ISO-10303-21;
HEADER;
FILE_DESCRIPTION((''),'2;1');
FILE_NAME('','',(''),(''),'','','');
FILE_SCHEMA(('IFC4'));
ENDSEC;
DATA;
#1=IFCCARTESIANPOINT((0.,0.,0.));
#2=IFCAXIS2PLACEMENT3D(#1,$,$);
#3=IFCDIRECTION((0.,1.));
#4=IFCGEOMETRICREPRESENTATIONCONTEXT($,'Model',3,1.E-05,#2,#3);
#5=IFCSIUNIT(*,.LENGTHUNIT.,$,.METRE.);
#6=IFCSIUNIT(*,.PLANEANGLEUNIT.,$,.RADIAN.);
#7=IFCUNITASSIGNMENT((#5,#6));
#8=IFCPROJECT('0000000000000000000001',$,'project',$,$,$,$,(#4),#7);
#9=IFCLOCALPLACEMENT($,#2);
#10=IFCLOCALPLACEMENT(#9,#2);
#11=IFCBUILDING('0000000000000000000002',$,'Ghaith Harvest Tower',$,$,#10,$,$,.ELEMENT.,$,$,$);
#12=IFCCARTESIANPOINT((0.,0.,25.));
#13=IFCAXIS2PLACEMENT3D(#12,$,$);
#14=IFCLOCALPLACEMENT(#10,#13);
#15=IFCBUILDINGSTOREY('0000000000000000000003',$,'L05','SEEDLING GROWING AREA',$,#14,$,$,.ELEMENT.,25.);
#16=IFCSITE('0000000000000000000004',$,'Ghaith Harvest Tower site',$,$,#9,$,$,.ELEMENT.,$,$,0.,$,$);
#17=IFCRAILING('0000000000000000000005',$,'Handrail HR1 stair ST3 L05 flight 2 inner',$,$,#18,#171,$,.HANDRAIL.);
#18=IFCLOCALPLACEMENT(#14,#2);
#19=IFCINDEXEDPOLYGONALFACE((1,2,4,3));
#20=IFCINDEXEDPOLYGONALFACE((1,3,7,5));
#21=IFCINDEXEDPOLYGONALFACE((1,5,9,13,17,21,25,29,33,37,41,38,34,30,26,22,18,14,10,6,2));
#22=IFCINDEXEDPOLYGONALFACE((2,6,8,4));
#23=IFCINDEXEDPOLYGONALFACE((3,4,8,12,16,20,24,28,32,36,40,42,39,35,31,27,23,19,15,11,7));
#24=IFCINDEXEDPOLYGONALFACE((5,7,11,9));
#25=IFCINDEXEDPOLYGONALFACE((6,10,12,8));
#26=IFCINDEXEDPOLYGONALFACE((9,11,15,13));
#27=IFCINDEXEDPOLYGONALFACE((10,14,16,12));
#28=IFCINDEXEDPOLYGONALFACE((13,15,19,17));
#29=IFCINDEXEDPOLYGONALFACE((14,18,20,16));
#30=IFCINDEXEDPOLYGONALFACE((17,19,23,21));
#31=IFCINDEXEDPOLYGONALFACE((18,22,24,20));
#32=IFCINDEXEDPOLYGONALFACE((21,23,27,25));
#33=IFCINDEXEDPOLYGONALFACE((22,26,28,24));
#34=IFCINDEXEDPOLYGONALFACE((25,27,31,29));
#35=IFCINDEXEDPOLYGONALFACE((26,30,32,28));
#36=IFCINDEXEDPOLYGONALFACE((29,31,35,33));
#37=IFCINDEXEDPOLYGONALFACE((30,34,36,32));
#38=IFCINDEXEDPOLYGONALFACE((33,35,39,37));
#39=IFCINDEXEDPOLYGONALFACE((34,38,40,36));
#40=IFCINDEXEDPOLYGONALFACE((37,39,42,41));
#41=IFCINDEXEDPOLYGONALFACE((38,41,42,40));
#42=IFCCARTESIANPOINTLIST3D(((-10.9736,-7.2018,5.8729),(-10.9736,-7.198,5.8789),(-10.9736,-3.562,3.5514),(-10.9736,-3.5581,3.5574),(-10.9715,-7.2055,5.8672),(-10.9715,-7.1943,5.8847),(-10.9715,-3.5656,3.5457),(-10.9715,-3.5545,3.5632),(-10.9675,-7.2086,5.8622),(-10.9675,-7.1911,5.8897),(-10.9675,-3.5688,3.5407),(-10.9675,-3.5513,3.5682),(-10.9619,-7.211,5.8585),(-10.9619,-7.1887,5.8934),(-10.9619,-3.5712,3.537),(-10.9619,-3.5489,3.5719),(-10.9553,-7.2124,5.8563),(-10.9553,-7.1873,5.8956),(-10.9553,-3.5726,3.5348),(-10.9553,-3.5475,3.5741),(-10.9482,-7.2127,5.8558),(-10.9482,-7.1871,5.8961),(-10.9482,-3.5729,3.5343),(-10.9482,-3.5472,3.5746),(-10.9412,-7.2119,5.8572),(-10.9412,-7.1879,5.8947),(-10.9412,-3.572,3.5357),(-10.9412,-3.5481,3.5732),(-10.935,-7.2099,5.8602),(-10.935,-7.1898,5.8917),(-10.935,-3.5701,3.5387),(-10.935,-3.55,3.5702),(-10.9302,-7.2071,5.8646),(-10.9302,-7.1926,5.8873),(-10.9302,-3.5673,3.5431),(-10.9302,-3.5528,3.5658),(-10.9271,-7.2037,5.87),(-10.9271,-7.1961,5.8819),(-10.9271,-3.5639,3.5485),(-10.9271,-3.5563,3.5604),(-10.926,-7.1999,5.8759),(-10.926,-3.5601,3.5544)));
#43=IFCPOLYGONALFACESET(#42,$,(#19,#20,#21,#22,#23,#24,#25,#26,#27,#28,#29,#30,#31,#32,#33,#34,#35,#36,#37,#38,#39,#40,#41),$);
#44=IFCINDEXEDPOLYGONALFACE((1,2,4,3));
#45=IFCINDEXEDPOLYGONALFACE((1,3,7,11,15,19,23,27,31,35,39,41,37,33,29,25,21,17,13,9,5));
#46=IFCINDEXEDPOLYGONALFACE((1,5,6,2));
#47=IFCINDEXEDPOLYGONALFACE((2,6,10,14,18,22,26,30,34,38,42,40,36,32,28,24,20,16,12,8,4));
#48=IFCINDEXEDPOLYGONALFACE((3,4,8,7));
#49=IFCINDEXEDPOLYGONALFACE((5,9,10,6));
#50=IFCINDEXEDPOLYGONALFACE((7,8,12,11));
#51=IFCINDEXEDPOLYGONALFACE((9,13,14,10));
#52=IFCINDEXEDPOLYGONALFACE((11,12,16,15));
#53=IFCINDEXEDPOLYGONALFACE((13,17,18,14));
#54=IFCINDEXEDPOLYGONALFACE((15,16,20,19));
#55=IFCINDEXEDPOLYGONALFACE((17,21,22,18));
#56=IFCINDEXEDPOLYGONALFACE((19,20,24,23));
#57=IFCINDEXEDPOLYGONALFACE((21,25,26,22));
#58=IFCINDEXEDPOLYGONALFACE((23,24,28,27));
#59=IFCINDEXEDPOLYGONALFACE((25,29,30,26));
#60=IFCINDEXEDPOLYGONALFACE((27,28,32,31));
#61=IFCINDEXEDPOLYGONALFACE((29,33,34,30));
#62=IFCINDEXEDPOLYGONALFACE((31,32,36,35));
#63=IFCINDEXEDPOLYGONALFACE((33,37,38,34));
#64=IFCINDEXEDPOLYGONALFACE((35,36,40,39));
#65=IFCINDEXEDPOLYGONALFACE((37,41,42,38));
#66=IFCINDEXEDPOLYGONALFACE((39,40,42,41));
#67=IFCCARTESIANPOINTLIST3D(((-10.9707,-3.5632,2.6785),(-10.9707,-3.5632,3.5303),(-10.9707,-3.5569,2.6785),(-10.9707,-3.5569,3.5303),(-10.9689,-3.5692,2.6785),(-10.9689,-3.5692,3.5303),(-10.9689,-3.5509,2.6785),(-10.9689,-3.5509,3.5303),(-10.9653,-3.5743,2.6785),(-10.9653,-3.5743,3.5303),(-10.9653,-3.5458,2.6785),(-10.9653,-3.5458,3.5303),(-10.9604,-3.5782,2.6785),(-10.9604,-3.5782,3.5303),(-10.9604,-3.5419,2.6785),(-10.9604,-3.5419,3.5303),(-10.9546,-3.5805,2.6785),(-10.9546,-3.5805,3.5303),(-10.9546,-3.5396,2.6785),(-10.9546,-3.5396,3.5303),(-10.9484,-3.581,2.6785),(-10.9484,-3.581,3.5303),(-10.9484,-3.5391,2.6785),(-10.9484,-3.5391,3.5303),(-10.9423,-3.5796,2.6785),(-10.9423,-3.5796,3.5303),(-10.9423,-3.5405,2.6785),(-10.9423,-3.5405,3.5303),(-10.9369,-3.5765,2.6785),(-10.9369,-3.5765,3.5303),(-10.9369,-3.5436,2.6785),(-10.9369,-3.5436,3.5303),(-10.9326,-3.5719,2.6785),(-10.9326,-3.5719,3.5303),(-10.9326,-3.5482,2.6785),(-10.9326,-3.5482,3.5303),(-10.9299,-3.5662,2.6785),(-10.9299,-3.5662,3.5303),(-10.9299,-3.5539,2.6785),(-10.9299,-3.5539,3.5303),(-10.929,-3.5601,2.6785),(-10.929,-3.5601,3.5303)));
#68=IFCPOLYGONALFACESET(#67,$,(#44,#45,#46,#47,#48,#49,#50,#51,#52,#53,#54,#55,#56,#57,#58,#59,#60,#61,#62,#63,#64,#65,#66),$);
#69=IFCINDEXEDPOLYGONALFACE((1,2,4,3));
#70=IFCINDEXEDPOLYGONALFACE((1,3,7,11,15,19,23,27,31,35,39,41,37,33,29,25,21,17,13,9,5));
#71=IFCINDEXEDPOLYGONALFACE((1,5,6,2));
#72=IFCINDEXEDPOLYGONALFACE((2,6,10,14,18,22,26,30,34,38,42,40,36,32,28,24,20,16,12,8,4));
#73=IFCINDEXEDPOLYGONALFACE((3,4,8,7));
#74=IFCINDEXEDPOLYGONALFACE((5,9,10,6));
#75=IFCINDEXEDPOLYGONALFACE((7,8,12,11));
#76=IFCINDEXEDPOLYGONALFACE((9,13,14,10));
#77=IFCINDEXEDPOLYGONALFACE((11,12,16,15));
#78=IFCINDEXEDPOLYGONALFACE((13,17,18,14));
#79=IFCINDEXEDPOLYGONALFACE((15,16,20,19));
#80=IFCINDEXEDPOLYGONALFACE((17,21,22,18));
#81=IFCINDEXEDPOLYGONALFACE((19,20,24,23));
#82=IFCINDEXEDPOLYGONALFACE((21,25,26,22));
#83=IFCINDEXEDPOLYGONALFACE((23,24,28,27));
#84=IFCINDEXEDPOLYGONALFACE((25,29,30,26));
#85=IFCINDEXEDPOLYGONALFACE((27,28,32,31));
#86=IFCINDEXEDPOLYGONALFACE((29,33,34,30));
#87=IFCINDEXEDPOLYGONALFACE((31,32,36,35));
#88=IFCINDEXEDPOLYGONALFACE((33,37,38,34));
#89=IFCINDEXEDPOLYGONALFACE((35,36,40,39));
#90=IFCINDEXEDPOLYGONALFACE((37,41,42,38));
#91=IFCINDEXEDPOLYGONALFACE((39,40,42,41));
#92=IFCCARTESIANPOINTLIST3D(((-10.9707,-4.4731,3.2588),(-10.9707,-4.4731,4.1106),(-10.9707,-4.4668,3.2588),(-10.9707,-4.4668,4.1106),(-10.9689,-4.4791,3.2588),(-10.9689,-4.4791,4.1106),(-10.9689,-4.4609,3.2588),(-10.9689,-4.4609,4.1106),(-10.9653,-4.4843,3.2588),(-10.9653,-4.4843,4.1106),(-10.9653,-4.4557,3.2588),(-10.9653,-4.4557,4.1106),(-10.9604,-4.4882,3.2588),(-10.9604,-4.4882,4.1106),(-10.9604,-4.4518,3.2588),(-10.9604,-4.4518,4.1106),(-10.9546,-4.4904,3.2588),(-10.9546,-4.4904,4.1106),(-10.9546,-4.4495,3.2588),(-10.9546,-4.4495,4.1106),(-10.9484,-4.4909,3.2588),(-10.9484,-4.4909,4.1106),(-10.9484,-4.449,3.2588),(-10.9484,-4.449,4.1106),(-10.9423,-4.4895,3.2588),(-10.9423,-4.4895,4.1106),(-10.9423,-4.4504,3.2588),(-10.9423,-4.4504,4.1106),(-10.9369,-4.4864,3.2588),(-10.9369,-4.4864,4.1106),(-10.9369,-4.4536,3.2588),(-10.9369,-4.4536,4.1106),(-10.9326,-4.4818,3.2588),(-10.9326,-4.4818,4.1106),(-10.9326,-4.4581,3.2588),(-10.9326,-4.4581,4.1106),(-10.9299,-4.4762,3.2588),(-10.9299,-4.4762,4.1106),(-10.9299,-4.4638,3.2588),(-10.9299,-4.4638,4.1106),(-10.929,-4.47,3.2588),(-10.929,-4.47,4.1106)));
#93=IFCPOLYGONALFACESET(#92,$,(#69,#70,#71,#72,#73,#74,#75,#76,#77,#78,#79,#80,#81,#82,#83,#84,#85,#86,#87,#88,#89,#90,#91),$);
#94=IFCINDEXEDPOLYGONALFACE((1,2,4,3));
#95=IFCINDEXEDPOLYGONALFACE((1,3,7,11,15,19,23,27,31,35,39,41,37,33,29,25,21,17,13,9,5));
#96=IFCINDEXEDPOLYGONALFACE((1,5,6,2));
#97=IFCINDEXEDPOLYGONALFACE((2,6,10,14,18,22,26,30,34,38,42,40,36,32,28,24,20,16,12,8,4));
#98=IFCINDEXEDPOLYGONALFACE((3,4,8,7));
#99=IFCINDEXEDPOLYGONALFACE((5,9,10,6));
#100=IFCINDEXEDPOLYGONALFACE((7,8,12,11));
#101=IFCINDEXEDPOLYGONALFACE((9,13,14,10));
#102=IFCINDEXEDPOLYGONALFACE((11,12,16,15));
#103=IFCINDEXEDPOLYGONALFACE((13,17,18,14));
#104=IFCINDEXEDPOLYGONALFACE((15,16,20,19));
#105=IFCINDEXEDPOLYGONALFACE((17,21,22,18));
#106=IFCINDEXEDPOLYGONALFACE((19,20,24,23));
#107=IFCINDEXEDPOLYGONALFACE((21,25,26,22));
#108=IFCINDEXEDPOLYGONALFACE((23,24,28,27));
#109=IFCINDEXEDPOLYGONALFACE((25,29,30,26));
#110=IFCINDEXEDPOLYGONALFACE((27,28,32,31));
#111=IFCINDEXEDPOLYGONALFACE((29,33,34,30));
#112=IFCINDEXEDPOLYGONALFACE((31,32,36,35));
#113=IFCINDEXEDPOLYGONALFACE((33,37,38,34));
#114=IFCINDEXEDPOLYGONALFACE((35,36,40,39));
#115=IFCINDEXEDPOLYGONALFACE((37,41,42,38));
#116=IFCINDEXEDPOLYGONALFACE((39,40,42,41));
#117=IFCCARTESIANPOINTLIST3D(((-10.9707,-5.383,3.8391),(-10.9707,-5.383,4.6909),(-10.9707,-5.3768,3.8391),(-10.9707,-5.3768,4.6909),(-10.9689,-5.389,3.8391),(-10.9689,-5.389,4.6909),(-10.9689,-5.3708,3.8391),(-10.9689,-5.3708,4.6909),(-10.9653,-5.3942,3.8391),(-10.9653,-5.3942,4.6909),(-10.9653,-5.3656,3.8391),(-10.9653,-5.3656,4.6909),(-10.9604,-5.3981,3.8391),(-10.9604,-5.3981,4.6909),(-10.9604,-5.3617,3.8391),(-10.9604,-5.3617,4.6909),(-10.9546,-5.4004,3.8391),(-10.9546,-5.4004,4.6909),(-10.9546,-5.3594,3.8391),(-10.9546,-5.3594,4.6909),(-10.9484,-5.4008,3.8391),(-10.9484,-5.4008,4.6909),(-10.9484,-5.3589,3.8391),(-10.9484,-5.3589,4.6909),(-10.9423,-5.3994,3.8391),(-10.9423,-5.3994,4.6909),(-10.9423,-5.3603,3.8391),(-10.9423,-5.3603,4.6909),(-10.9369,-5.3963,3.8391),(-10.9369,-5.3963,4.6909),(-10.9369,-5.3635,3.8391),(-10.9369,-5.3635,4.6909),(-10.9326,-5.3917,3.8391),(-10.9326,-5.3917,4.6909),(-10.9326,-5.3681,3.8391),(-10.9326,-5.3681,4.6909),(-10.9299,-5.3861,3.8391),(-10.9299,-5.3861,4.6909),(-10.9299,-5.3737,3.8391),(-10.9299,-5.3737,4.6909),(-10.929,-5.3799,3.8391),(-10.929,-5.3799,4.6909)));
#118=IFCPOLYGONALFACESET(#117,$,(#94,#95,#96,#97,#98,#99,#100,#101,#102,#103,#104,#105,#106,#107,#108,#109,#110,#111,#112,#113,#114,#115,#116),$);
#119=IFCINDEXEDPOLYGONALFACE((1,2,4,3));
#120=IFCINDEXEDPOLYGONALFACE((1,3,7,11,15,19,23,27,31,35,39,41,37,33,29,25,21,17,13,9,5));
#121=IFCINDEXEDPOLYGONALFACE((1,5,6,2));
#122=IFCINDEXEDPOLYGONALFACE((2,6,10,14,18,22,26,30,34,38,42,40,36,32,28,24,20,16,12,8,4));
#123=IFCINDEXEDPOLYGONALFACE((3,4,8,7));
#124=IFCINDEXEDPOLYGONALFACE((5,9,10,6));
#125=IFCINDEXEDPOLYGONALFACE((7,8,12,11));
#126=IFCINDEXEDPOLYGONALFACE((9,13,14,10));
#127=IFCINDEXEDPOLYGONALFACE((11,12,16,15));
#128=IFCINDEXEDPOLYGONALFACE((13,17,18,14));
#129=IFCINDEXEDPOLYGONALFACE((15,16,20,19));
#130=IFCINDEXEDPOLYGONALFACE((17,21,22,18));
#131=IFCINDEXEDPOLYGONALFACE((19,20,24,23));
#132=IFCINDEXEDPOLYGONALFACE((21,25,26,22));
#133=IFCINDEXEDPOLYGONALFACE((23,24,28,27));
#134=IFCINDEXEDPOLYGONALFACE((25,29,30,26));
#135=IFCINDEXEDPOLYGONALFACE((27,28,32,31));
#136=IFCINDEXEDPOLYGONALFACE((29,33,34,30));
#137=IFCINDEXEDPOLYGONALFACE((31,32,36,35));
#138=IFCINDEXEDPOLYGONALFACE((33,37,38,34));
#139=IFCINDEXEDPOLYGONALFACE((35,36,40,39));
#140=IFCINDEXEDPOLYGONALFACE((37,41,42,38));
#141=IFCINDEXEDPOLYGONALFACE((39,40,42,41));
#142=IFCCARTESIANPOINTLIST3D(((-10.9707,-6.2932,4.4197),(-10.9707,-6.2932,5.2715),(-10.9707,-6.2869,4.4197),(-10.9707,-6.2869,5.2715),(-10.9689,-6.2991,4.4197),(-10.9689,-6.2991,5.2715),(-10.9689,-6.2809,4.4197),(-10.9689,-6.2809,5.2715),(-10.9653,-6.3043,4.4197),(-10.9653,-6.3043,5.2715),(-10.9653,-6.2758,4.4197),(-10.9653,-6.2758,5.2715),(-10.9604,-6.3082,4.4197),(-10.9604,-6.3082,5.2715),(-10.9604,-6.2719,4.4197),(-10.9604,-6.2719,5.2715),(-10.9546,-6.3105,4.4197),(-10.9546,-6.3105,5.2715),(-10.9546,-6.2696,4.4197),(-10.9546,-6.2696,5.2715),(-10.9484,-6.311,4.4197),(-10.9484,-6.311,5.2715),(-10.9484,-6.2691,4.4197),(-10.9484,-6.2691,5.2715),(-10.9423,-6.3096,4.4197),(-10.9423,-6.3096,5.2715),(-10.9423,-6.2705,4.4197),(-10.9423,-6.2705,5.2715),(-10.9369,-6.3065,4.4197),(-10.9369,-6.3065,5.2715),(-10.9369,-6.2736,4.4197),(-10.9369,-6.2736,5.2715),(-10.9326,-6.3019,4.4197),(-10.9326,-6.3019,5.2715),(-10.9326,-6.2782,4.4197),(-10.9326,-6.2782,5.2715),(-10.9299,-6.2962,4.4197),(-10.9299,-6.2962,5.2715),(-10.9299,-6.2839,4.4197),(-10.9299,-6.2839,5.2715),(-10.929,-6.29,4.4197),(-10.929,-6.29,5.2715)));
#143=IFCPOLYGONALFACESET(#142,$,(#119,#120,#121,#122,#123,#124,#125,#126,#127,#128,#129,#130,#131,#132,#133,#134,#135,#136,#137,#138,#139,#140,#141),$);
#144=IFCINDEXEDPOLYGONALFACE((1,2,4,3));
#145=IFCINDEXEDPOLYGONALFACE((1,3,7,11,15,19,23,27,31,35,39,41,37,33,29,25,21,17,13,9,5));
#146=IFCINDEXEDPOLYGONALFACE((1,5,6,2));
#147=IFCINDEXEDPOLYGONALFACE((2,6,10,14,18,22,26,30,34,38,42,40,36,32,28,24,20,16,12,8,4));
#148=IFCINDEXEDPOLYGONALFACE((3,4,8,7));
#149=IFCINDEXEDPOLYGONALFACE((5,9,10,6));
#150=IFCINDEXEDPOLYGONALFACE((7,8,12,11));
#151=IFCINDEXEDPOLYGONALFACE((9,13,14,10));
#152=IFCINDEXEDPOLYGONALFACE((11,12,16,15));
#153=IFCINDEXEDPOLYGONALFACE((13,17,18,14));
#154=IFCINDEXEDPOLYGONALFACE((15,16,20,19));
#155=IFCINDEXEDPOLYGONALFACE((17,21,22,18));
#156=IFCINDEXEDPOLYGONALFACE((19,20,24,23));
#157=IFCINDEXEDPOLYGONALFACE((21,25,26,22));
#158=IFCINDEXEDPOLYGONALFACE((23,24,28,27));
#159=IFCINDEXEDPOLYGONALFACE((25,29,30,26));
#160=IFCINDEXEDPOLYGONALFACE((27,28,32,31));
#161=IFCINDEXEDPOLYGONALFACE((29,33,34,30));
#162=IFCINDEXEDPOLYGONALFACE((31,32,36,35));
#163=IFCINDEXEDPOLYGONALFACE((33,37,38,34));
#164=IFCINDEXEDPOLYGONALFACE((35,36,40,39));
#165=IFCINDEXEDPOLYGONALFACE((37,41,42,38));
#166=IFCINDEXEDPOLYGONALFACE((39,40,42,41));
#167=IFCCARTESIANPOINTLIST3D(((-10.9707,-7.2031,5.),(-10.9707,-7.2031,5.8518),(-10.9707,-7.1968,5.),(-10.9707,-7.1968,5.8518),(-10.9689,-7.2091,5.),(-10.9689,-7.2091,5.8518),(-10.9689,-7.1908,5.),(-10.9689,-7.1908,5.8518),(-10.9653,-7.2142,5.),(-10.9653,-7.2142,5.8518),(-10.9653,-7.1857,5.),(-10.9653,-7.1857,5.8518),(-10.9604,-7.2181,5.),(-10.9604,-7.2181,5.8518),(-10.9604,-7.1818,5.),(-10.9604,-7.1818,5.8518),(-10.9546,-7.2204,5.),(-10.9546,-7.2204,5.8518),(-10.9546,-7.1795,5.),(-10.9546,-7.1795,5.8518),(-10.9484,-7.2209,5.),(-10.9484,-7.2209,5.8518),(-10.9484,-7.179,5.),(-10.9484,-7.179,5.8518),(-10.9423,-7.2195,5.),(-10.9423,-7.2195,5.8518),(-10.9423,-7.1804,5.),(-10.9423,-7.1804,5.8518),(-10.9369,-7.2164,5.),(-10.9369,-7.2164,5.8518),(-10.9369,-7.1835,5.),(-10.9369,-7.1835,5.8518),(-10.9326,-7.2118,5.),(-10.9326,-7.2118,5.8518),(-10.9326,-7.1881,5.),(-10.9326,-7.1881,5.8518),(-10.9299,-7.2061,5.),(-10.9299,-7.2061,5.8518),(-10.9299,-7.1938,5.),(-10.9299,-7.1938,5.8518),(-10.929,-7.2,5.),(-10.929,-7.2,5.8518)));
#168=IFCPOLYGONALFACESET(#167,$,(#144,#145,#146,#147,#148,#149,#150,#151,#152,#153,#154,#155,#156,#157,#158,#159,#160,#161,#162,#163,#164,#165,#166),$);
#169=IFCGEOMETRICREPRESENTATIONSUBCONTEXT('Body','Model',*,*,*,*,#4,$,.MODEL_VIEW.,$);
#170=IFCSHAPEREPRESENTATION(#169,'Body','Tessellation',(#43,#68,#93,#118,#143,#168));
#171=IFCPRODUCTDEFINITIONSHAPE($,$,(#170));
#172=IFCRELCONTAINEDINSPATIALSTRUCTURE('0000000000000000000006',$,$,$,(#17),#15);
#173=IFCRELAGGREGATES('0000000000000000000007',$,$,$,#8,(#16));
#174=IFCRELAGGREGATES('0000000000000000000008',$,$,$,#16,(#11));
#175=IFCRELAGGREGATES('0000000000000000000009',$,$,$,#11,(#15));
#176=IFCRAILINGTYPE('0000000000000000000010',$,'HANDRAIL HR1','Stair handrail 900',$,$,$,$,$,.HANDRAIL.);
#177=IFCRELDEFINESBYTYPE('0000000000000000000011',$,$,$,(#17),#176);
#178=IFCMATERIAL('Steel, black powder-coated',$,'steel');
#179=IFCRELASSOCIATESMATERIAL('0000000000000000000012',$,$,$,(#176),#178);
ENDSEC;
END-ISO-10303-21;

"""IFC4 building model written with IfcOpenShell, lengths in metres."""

from ifc_helpers import new_model, si_unit, direction, frame, origin, origin_2d, place, context, subcontext, project, spatial, circle, extrude, material, type_object, element, save


model = new_model("IFC4")

# Units and contexts
model_context = context("Model", 3, precision=1e-05, world=origin(), true_north=direction((0.0, 1.0)))
body_context = subcontext(model_context, "Body", "Model", "MODEL_VIEW")
ifc_project = project(units=[si_unit("LENGTHUNIT", "METRE"), si_unit("PLANEANGLEUNIT", "RADIAN")], contexts=[model_context])

# Site, building, storey
site_placement = place(None, origin())
site = spatial("IfcSite", under=ifc_project, at=site_placement, Name="Ghaith Harvest Tower site", CompositionType="ELEMENT", RefElevation=0.0)
building_placement = place(site_placement, origin())
building = spatial("IfcBuilding", under=site, at=building_placement, Name="Ghaith Harvest Tower", CompositionType="ELEMENT")
storey_placement = place(building_placement, frame((0.0, 0.0, 25.0)))
storey = spatial("IfcBuildingStorey", under=building, at=storey_placement, Name="L05", Description="SEEDLING GROWING AREA", CompositionType="ELEMENT", Elevation=25.0)

# Railing
ifc_material_1 = material(Name="Steel, black powder-coated", Category="steel")
railing_type = type_object("IfcRailingType", Name="HANDRAIL HR1", Description="Stair handrail 900", PredefinedType="HANDRAIL", material=ifc_material_1)
railing_1_placement = place(storey_placement, frame((-10.95, -3.5601, 2.6785)))
element("IfcRailing", 1, at=railing_1_placement, inside=storey, type_object=railing_type, Name="Handrail HR1 stair ST3 L05 flight 2 inner", PredefinedType="HANDRAIL", context=body_context, shape_type="SweptSolid", body=[
    extrude(circle(Radius=0.0239, at=origin_2d()), frame((0.0, 0.0, 0.876), z_axis=(0.0, -0.843112, 0.537739), x_axis=(1.0, 0.0, 0.0)), (0.0, 0.0, 1.0), 4.3171),
    extrude(circle(Radius=0.021, at=origin_2d()), origin(), (0.0, 0.0, 1.0), 0.8518),
    extrude(circle(Radius=0.021, at=origin_2d()), frame((0.0, -0.9099, 0.5803)), (0.0, 0.0, 1.0), 0.8518),
    extrude(circle(Radius=0.021, at=origin_2d()), frame((0.0, -1.8198, 1.1606)), (0.0, 0.0, 1.0), 0.8518),
    extrude(circle(Radius=0.021, at=origin_2d()), frame((0.0, -2.73, 1.7412)), (0.0, 0.0, 1.0), 0.8518),
    extrude(circle(Radius=0.021, at=origin_2d()), frame((0.0, -3.6399, 2.3215)), (0.0, 0.0, 1.0), 0.8518),
])

save(model, "model.ifc")
